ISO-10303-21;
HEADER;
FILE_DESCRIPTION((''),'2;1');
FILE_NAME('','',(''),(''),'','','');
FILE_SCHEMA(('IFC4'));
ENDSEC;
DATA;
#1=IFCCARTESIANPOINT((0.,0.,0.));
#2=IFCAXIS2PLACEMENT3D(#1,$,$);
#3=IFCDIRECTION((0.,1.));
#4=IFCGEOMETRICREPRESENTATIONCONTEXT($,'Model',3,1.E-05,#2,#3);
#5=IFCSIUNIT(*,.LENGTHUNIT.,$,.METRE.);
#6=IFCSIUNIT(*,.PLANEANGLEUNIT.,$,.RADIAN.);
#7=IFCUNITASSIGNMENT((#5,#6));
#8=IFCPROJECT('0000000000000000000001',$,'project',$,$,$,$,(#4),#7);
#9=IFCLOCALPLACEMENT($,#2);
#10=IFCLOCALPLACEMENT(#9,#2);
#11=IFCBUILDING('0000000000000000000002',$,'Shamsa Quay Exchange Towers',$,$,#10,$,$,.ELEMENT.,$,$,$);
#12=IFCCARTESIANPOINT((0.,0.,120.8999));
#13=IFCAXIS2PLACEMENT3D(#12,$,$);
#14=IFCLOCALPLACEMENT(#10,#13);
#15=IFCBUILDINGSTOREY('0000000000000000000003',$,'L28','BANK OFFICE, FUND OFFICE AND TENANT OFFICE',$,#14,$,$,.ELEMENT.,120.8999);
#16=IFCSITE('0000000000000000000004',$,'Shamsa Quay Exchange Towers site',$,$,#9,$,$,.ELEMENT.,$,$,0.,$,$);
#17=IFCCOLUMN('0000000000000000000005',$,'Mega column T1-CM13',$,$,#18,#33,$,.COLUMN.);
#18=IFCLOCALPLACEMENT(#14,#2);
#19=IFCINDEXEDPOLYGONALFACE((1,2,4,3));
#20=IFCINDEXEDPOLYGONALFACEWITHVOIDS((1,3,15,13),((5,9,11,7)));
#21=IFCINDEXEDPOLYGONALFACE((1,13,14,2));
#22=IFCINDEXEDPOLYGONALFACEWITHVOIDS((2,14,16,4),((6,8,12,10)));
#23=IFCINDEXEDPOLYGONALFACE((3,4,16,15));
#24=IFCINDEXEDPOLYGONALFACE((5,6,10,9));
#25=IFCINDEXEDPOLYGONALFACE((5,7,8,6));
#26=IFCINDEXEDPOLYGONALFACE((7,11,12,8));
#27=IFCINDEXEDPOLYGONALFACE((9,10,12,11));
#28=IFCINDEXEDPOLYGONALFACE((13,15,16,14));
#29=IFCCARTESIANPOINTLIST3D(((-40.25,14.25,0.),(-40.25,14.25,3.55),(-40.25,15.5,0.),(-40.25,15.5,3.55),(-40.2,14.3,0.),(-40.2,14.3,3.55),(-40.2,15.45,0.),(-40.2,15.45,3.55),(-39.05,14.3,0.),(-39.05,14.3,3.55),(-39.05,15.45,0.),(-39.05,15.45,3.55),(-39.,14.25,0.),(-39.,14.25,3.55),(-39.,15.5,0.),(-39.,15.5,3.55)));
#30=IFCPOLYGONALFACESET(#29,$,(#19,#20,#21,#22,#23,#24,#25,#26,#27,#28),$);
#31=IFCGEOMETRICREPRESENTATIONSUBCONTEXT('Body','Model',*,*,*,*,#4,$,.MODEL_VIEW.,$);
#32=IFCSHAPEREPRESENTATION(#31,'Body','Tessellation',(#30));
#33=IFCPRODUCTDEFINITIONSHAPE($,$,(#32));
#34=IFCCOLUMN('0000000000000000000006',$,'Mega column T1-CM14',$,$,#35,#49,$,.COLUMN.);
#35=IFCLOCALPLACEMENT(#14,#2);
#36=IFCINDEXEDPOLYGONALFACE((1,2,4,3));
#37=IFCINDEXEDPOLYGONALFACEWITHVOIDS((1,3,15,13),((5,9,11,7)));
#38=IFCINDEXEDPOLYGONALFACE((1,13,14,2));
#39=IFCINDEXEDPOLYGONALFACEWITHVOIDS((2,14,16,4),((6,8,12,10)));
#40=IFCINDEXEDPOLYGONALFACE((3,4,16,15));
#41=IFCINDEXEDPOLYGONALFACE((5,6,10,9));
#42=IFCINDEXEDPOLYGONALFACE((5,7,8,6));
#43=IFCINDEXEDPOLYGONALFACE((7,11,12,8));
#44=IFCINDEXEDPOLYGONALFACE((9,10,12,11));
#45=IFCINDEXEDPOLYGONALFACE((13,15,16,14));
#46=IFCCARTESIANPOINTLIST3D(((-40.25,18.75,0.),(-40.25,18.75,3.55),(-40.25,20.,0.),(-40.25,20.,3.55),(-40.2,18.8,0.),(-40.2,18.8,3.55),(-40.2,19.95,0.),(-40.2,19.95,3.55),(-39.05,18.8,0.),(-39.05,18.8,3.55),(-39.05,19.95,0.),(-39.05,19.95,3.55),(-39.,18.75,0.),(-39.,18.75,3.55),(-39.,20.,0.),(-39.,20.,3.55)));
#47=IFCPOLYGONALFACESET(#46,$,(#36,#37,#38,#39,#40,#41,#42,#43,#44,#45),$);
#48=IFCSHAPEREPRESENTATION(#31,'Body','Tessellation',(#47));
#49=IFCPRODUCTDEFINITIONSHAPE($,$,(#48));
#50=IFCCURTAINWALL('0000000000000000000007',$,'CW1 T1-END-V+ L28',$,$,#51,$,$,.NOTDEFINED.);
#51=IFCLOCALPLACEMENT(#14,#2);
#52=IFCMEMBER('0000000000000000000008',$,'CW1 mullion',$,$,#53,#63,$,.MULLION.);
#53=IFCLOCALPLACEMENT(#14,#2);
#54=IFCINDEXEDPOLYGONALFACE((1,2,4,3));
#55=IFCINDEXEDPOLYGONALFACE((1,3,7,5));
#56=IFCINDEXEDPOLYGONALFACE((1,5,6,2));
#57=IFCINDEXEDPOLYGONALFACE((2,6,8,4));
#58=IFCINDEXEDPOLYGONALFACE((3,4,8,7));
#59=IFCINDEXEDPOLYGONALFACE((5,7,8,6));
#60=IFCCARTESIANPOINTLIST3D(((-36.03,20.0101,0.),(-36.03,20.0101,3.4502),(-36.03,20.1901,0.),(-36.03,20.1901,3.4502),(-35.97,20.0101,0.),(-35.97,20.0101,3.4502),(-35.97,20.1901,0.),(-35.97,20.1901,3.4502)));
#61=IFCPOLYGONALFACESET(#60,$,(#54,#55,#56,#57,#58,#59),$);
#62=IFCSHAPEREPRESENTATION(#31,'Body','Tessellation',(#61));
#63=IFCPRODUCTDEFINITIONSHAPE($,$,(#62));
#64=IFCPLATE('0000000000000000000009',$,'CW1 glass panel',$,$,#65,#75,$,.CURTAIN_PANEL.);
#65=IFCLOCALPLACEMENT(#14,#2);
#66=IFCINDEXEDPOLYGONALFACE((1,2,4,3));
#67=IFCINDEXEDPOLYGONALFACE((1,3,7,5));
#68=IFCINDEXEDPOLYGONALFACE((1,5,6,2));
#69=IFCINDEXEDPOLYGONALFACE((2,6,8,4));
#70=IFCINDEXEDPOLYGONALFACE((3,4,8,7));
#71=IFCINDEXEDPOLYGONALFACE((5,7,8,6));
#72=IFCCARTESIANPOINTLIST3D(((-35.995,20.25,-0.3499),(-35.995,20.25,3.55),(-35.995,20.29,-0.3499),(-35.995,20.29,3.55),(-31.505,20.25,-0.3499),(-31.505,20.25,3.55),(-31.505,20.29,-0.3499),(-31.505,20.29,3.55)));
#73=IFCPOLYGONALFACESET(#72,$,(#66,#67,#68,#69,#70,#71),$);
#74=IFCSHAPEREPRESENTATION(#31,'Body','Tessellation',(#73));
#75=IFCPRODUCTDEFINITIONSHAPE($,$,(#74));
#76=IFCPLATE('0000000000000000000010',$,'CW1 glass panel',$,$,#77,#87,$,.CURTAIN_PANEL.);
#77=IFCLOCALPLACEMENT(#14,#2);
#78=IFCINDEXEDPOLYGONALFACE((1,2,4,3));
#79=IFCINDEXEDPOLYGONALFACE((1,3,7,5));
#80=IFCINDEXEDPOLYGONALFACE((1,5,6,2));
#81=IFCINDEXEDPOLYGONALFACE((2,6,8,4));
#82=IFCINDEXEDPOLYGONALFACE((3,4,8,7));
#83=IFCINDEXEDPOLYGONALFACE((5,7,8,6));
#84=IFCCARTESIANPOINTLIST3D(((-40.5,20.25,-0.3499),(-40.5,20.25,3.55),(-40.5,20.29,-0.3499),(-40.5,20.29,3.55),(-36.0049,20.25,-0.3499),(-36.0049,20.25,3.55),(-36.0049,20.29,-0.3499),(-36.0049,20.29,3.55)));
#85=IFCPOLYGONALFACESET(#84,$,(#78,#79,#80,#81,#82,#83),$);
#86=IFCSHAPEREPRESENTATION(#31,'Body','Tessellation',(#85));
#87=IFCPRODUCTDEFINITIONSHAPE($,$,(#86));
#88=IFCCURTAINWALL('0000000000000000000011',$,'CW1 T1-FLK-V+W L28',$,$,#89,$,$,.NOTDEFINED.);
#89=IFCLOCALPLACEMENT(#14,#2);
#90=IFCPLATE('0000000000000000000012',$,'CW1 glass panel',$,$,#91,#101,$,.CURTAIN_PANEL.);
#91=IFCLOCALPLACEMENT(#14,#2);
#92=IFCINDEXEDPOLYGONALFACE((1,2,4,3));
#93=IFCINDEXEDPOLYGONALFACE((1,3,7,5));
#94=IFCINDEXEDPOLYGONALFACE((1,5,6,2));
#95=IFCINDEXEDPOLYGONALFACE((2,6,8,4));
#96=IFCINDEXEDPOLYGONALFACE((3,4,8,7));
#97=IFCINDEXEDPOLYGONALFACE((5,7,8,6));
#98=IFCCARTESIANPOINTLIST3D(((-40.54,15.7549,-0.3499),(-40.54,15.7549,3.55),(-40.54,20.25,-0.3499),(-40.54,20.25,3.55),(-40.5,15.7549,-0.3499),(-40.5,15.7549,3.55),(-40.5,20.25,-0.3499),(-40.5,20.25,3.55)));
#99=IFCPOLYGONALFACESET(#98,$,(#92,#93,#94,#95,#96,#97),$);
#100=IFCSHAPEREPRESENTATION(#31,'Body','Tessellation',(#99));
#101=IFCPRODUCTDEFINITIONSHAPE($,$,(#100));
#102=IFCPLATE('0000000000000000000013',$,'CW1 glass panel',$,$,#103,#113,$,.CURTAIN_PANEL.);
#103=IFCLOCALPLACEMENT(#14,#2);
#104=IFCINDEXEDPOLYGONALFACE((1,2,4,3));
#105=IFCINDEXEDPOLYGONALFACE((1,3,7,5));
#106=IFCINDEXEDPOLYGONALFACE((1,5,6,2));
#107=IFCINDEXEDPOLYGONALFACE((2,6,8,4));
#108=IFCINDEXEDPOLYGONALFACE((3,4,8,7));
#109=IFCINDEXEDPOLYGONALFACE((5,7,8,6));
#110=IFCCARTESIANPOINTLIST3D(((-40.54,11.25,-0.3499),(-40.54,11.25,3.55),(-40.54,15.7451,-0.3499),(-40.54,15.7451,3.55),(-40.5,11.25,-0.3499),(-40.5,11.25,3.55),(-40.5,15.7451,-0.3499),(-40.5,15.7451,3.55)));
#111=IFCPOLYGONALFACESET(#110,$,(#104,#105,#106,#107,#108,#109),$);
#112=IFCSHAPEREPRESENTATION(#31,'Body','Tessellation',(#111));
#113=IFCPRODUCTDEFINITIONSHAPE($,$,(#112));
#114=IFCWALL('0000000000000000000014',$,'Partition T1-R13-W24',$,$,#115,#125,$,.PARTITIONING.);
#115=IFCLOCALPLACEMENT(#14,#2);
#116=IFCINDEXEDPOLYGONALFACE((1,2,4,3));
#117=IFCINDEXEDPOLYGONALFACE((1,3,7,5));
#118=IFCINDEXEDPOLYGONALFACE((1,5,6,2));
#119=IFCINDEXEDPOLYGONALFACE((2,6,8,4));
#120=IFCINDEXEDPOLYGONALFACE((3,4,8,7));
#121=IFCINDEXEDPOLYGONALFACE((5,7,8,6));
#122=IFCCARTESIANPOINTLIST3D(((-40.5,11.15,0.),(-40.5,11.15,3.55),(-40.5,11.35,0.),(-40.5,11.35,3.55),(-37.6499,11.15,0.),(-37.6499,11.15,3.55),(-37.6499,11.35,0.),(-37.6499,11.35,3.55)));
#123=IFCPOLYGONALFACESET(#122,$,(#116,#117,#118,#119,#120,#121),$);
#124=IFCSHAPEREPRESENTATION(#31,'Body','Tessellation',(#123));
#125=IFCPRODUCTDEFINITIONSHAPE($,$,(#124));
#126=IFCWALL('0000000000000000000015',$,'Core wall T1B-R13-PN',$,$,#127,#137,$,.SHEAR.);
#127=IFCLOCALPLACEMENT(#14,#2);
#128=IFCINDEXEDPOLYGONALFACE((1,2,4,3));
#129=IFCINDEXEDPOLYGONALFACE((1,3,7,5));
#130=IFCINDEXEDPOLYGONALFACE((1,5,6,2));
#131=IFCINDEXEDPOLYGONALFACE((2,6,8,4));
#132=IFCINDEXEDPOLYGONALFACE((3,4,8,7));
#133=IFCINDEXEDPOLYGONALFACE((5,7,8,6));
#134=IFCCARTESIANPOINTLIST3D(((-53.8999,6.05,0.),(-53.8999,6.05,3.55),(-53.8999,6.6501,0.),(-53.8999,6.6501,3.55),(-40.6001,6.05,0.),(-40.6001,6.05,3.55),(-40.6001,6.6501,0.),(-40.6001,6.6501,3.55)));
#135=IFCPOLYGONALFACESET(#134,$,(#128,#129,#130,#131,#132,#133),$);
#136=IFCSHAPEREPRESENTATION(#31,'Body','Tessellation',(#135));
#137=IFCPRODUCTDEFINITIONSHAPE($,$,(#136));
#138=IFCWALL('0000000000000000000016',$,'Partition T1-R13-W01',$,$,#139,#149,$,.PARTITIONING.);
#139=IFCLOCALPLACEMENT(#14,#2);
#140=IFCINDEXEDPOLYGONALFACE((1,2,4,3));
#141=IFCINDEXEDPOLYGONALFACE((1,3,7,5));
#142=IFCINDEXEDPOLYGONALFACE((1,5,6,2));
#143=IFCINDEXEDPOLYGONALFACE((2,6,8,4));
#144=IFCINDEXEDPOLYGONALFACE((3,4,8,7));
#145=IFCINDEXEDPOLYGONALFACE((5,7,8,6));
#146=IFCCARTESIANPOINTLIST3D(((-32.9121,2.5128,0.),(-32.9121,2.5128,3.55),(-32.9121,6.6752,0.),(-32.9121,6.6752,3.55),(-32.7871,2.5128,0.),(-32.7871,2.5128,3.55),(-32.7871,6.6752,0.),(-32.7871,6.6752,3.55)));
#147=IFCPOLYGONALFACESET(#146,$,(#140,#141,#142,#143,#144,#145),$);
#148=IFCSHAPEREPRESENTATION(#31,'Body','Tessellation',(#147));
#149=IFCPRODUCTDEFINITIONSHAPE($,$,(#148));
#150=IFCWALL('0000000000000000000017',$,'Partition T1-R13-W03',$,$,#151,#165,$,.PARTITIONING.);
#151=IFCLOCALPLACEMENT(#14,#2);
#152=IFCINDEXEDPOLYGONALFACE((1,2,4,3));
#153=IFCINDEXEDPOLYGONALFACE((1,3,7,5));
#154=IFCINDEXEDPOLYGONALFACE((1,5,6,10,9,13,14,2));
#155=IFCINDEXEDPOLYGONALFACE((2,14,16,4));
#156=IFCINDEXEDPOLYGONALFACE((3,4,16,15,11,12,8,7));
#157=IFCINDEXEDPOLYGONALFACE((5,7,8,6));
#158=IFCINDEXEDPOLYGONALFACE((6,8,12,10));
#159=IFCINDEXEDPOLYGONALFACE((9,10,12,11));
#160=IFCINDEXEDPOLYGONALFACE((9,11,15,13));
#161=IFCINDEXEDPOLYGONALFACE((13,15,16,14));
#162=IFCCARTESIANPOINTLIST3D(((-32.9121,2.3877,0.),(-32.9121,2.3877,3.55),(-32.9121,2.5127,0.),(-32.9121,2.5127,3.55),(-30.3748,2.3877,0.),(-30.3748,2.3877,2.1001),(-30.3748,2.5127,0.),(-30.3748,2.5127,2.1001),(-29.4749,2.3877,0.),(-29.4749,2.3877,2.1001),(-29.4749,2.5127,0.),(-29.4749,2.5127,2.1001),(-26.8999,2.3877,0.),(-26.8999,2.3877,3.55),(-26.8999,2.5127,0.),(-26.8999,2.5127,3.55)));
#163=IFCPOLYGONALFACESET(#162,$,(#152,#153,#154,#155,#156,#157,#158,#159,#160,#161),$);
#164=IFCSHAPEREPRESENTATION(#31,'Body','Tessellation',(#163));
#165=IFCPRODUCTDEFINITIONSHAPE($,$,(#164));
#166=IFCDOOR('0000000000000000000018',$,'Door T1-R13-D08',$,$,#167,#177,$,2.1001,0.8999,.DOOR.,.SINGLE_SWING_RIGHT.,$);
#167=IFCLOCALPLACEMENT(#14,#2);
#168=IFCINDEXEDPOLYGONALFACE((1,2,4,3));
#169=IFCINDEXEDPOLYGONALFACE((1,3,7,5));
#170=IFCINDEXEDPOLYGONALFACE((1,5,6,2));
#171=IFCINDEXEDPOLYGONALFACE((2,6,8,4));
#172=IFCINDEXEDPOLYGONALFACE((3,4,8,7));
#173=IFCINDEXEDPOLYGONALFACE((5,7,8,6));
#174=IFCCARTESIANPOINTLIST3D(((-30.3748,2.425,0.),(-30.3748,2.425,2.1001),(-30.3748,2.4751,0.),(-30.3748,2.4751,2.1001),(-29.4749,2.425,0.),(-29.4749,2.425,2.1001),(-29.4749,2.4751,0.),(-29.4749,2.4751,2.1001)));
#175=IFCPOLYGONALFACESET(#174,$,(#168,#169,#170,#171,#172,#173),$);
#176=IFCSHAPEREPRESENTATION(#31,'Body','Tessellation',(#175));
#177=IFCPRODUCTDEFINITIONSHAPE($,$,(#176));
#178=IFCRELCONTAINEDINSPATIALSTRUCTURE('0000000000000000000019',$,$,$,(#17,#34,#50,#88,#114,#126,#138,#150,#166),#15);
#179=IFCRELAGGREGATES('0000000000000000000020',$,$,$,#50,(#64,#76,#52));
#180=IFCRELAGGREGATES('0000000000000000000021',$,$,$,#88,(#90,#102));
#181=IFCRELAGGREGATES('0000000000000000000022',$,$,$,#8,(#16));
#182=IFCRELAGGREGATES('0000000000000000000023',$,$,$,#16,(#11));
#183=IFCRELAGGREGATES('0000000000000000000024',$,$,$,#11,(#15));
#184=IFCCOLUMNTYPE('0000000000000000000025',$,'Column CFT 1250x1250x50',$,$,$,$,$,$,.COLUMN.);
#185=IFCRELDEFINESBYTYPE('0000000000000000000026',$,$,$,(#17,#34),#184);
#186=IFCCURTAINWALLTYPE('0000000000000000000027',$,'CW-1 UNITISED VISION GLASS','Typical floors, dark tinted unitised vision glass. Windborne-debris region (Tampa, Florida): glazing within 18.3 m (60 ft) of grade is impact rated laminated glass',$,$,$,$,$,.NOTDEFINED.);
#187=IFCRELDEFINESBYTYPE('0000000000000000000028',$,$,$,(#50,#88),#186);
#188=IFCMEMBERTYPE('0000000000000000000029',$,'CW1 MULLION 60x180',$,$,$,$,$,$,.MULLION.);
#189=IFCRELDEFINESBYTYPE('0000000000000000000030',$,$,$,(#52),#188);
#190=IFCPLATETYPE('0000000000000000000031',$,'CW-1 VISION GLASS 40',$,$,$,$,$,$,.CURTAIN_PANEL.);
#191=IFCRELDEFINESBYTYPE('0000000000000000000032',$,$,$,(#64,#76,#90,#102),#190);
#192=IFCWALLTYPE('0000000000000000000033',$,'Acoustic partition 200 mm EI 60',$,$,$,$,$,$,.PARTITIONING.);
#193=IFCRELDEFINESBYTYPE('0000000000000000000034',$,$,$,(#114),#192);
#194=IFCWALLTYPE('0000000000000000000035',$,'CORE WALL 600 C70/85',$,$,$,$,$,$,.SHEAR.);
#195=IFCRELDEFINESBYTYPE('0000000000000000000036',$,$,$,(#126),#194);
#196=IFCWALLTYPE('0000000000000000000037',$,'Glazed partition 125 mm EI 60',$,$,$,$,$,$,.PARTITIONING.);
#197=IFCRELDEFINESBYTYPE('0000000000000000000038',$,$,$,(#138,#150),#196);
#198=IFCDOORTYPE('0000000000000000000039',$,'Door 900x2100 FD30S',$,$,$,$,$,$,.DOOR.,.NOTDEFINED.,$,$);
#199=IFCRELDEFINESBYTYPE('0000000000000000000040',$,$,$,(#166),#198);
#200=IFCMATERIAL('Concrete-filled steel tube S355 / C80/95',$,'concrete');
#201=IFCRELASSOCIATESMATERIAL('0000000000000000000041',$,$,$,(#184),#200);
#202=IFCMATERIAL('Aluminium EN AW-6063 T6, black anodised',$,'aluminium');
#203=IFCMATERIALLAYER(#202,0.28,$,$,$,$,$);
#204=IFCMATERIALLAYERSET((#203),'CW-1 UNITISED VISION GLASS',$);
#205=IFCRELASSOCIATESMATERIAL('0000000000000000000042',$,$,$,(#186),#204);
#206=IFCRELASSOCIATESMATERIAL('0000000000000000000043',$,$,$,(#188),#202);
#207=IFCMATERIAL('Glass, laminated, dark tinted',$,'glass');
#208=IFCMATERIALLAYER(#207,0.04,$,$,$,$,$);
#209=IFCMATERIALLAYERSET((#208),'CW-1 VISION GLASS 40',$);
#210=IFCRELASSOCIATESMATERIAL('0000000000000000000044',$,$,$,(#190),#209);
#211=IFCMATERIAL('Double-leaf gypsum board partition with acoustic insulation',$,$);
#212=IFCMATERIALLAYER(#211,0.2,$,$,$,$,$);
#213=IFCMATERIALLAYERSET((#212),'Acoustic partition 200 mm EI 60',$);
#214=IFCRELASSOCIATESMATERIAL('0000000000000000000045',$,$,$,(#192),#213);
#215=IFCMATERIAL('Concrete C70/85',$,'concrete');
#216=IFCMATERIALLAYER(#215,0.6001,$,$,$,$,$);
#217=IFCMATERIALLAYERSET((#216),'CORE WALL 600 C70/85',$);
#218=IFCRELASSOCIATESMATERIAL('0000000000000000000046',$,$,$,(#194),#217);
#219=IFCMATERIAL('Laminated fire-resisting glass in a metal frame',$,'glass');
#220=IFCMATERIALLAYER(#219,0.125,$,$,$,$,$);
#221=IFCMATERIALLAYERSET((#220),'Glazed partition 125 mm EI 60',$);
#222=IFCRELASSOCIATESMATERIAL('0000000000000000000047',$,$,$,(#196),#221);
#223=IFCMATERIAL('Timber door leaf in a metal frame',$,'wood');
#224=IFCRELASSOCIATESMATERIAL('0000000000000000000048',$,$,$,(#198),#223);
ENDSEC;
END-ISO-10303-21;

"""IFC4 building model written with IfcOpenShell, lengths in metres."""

from ifc_helpers import new_model, si_unit, direction, frame, frame_2d, origin, origin_2d, place, context, subcontext, project, spatial, rectangle, hollow_rectangle, extrude, material, layer, layer_set, material_profile, profile_set, type_object, element, fill, aggregate, save


model = new_model("IFC4")

# Units and contexts
model_context = context("Model", 3, precision=1e-05, world=origin(), true_north=direction((0.0, 1.0)))
body_context = subcontext(model_context, "Body", "Model", "MODEL_VIEW")
ifc_project = project(units=[si_unit("LENGTHUNIT", "METRE"), si_unit("PLANEANGLEUNIT", "RADIAN")], contexts=[model_context])

# Site, building, storey
site_placement = place(None, origin())
site = spatial("IfcSite", under=ifc_project, at=site_placement, Name="Shamsa Quay Exchange Towers site", CompositionType="ELEMENT", RefElevation=0.0)
building_placement = place(site_placement, origin())
building = spatial("IfcBuilding", under=site, at=building_placement, Name="Shamsa Quay Exchange Towers", CompositionType="ELEMENT")
storey_placement = place(building_placement, frame((0.0, 0.0, 120.8999)))
storey = spatial("IfcBuildingStorey", under=building, at=storey_placement, Name="L28", Description="BANK OFFICE, FUND OFFICE AND TENANT OFFICE", CompositionType="ELEMENT", Elevation=120.8999)

# Columns
ifc_material_1 = material(Name="Concrete-filled steel tube S355 / C80/95", Category="concrete")
ifc_material_profile_1 = material_profile(ifc_material_1, hollow_rectangle(XDim=1.25, YDim=1.25, WallThickness=0.05, at=origin_2d()), Name="CFT 1250x1250x50")
ifc_profile_set_1 = profile_set([ifc_material_profile_1], Name="Concrete-filled steel tube S355 / C80/95")
column_type = type_object("IfcColumnType", Name="Column CFT 1250x1250x50", PredefinedType="COLUMN", material=ifc_profile_set_1)
for number, where, name in (
    (1, (-39.625, 14.875, 0.0), "Mega column T1-CM13"),
    (2, (-39.625, 19.375, 0.0), "Mega column T1-CM14"),
):
    element("IfcColumn", number, at=place(storey_placement, frame(where)), inside=storey, type_object=column_type, Name=name, PredefinedType="COLUMN", context=body_context, shape_type="SweptSolid", body=[
        extrude(hollow_rectangle(XDim=1.25, YDim=1.25, WallThickness=0.05, at=origin_2d()), origin(), (0.0, 0.0, 1.0), 3.55),
    ])

# Curtain wall, member, plates
ifc_material_2 = material(Name="Aluminium EN AW-6063 T6, black anodised", Category="aluminium")
ifc_layer_1 = layer(ifc_material_2, 0.28)
ifc_layer_set_1 = layer_set([ifc_layer_1], Name="CW-1 UNITISED VISION GLASS")
curtain_wall_type = type_object("IfcCurtainWallType", Name="CW-1 UNITISED VISION GLASS", Description="Typical floors, dark tinted unitised vision glass. Windborne-debris region (Tampa, Florida): glazing within 18.3 m (60 ft) of grade is impact rated laminated glass", PredefinedType="NOTDEFINED", material=ifc_layer_set_1)
curtain_wall_1_placement = place(storey_placement, origin())
curtain_wall_1 = element("IfcCurtainWall", 3, at=curtain_wall_1_placement, inside=storey, type_object=curtain_wall_type, Name="CW1 T1-END-V+ L28", PredefinedType="NOTDEFINED")
ifc_material_profile_2 = material_profile(ifc_material_2, rectangle(XDim=0.1799, YDim=0.0601, at=origin_2d()), Name="MU60x180")
ifc_profile_set_2 = profile_set([ifc_material_profile_2], Name="Aluminium EN AW-6063 T6, black anodised")
member_type = type_object("IfcMemberType", Name="CW1 MULLION 60x180", PredefinedType="MULLION", material=ifc_profile_set_2)
member_placement = place(storey_placement, frame((-36.0, 20.1001, 0.0), z_axis=(0.0, 0.0, 1.0), x_axis=(0.0, -1.0, 0.0)))
member = element("IfcMember", 4, at=member_placement, type_object=member_type, Name="CW1 mullion", PredefinedType="MULLION", context=body_context, shape_type="SweptSolid", body=[
    extrude(rectangle(XDim=0.1799, YDim=0.0601, at=origin_2d()), origin(), (0.0, 0.0, 1.0), 3.4502),
])
ifc_material_3 = material(Name="Glass, laminated, dark tinted", Category="glass")
ifc_layer_2 = layer(ifc_material_3, 0.04)
ifc_layer_set_2 = layer_set([ifc_layer_2], Name="CW-1 VISION GLASS 40")
plate_type = type_object("IfcPlateType", Name="CW-1 VISION GLASS 40", PredefinedType="CURTAIN_PANEL", material=ifc_layer_set_2)
plate_1_placement = place(storey_placement, frame((-33.75, 20.27, -0.3499), z_axis=(0.0, 0.0, 1.0), x_axis=(-1.0, 0.0, 0.0)))
plate_1 = element("IfcPlate", 5, at=plate_1_placement, type_object=plate_type, Name="CW1 glass panel", PredefinedType="CURTAIN_PANEL", context=body_context, shape_type="SweptSolid", body=[
    extrude(rectangle(XDim=4.49, YDim=0.04, at=origin_2d()), origin(), (0.0, 0.0, 1.0), 3.8999),
])
plate_2_placement = place(storey_placement, frame((-38.2524, 20.27, -0.3499), z_axis=(0.0, 0.0, 1.0), x_axis=(-1.0, 0.0, 0.0)))
plate_2 = element("IfcPlate", 6, at=plate_2_placement, type_object=plate_type, Name="CW1 glass panel", PredefinedType="CURTAIN_PANEL", context=body_context, shape_type="SweptSolid", body=[
    extrude(rectangle(XDim=4.4951, YDim=0.04, at=origin_2d()), origin(), (0.0, 0.0, 1.0), 3.8999),
])
aggregate(curtain_wall_1, [plate_1, plate_2, member])

# Curtain wall, plates
curtain_wall_2_placement = place(storey_placement, origin())
curtain_wall_2 = element("IfcCurtainWall", 7, at=curtain_wall_2_placement, inside=storey, type_object=curtain_wall_type, Name="CW1 T1-FLK-V+W L28", PredefinedType="NOTDEFINED")
plate_3_placement = place(storey_placement, frame((-40.52, 18.0024, -0.3499), z_axis=(0.0, 0.0, 1.0), x_axis=(0.0, -1.0, 0.0)))
plate_3 = element("IfcPlate", 8, at=plate_3_placement, type_object=plate_type, Name="CW1 glass panel", PredefinedType="CURTAIN_PANEL", context=body_context, shape_type="SweptSolid", body=[
    extrude(rectangle(XDim=4.4951, YDim=0.04, at=origin_2d()), origin(), (0.0, 0.0, 1.0), 3.8999),
])
plate_4_placement = place(storey_placement, frame((-40.52, 13.4976, -0.3499), z_axis=(0.0, 0.0, 1.0), x_axis=(0.0, -1.0, 0.0)))
plate_4 = element("IfcPlate", 9, at=plate_4_placement, type_object=plate_type, Name="CW1 glass panel", PredefinedType="CURTAIN_PANEL", context=body_context, shape_type="SweptSolid", body=[
    extrude(rectangle(XDim=4.4951, YDim=0.04, at=origin_2d()), origin(), (0.0, 0.0, 1.0), 3.8999),
])
aggregate(curtain_wall_2, [plate_3, plate_4])

# Shared definitions
ifc_material_4 = material(Name="Double-leaf gypsum board partition with acoustic insulation")
ifc_layer_3 = layer(ifc_material_4, 0.2)
ifc_layer_set_3 = layer_set([ifc_layer_3], Name="Acoustic partition 200 mm EI 60")
wall_type_1 = type_object("IfcWallType", Name="Acoustic partition 200 mm EI 60", PredefinedType="PARTITIONING", material=ifc_layer_set_3)
ifc_material_5 = material(Name="Timber door leaf in a metal frame", Category="wood")

# Walls
wall_1_placement = place(storey_placement, frame((-37.6499, 11.25, 0.0), z_axis=(0.0, 0.0, 1.0), x_axis=(-1.0, 0.0, 0.0)))
element("IfcWall", 10, at=wall_1_placement, inside=storey, type_object=wall_type_1, Name="Partition T1-R13-W24", PredefinedType="PARTITIONING", context=body_context, shape_type="SweptSolid", body=[
    extrude(rectangle(XDim=2.8501, YDim=0.2, at=frame_2d((1.425, 0.0))), origin(), (0.0, 0.0, 1.0), 3.55),
])
ifc_material_6 = material(Name="Concrete C70/85", Category="concrete")
ifc_layer_4 = layer(ifc_material_6, 0.6001)
ifc_layer_set_4 = layer_set([ifc_layer_4], Name="CORE WALL 600 C70/85")
wall_type_2 = type_object("IfcWallType", Name="CORE WALL 600 C70/85", PredefinedType="SHEAR", material=ifc_layer_set_4)
wall_2_placement = place(storey_placement, frame((-40.6001, 6.3501, 0.0), z_axis=(0.0, 0.0, 1.0), x_axis=(-1.0, 0.0, 0.0)))
element("IfcWall", 11, at=wall_2_placement, inside=storey, type_object=wall_type_2, Name="Core wall T1B-R13-PN", PredefinedType="SHEAR", context=body_context, shape_type="SweptSolid", body=[
    extrude(rectangle(XDim=13.2998, YDim=0.6001, at=frame_2d((6.6499, 0.0))), origin(), (0.0, 0.0, 1.0), 3.55),
])
ifc_material_7 = material(Name="Laminated fire-resisting glass in a metal frame", Category="glass")
ifc_layer_5 = layer(ifc_material_7, 0.125)
ifc_layer_set_5 = layer_set([ifc_layer_5], Name="Glazed partition 125 mm EI 60")
wall_type_3 = type_object("IfcWallType", Name="Glazed partition 125 mm EI 60", PredefinedType="PARTITIONING", material=ifc_layer_set_5)
wall_3_placement = place(storey_placement, frame((-32.8496, 6.675, 0.0), z_axis=(0.0, 0.0, 1.0), x_axis=(0.0, -1.0, 0.0)))
element("IfcWall", 12, at=wall_3_placement, inside=storey, type_object=wall_type_3, Name="Partition T1-R13-W01", PredefinedType="PARTITIONING", context=body_context, shape_type="SweptSolid", body=[
    extrude(rectangle(XDim=4.1624, YDim=0.125, at=frame_2d((2.0811, 0.0))), origin(), (0.0, 0.0, 1.0), 3.55),
])

# Wall, opening, door
wall_4_placement = place(storey_placement, frame((-32.9121, 2.4502, 0.0)))
wall_4 = element("IfcWall", 13, at=wall_4_placement, inside=storey, type_object=wall_type_3, Name="Partition T1-R13-W03", PredefinedType="PARTITIONING", context=body_context, shape_type="SweptSolid", body=[
    extrude(rectangle(XDim=6.0122, YDim=0.125, at=frame_2d((3.0061, 0.0))), origin(), (0.0, 0.0, 1.0), 3.55),
])
opening_1_placement = place(wall_4_placement, frame((2.5374, 0.0, 0.0)))
opening_1 = element("IfcOpeningElement", 14, at=opening_1_placement, cuts=wall_4, PredefinedType="OPENING", context=body_context, shape_type="SweptSolid", body=[
    extrude(rectangle(XDim=0.8999, YDim=2.1001, at=frame_2d((0.45, 1.05))), frame((0.0, 0.0725, 0.0), z_axis=(0.0, -1.0, 0.0), x_axis=(1.0, 0.0, 0.0)), (0.0, 0.0, 1.0), 0.145),
])
door_type_1 = type_object("IfcDoorType", Name="Door 900x2100 FD30S", OperationType="NOTDEFINED", PredefinedType="DOOR", material=ifc_material_5)
door_1_placement = place(opening_1_placement, origin())
door_1 = element("IfcDoor", 15, at=door_1_placement, inside=storey, type_object=door_type_1, Name="Door T1-R13-D08", OperationType="SINGLE_SWING_RIGHT", OverallHeight=2.1001, OverallWidth=0.8999, PredefinedType="DOOR", context=body_context, shape_type="SweptSolid", body=[
    extrude(rectangle(XDim=0.8999, YDim=2.1001, at=frame_2d((0.45, 1.05))), frame((0.0, 0.0249, 0.0), z_axis=(0.0, -1.0, 0.0), x_axis=(1.0, 0.0, 0.0)), (0.0, 0.0, 1.0), 0.05),
])
fill(opening_1, door_1)

save(model, "model.ifc")
